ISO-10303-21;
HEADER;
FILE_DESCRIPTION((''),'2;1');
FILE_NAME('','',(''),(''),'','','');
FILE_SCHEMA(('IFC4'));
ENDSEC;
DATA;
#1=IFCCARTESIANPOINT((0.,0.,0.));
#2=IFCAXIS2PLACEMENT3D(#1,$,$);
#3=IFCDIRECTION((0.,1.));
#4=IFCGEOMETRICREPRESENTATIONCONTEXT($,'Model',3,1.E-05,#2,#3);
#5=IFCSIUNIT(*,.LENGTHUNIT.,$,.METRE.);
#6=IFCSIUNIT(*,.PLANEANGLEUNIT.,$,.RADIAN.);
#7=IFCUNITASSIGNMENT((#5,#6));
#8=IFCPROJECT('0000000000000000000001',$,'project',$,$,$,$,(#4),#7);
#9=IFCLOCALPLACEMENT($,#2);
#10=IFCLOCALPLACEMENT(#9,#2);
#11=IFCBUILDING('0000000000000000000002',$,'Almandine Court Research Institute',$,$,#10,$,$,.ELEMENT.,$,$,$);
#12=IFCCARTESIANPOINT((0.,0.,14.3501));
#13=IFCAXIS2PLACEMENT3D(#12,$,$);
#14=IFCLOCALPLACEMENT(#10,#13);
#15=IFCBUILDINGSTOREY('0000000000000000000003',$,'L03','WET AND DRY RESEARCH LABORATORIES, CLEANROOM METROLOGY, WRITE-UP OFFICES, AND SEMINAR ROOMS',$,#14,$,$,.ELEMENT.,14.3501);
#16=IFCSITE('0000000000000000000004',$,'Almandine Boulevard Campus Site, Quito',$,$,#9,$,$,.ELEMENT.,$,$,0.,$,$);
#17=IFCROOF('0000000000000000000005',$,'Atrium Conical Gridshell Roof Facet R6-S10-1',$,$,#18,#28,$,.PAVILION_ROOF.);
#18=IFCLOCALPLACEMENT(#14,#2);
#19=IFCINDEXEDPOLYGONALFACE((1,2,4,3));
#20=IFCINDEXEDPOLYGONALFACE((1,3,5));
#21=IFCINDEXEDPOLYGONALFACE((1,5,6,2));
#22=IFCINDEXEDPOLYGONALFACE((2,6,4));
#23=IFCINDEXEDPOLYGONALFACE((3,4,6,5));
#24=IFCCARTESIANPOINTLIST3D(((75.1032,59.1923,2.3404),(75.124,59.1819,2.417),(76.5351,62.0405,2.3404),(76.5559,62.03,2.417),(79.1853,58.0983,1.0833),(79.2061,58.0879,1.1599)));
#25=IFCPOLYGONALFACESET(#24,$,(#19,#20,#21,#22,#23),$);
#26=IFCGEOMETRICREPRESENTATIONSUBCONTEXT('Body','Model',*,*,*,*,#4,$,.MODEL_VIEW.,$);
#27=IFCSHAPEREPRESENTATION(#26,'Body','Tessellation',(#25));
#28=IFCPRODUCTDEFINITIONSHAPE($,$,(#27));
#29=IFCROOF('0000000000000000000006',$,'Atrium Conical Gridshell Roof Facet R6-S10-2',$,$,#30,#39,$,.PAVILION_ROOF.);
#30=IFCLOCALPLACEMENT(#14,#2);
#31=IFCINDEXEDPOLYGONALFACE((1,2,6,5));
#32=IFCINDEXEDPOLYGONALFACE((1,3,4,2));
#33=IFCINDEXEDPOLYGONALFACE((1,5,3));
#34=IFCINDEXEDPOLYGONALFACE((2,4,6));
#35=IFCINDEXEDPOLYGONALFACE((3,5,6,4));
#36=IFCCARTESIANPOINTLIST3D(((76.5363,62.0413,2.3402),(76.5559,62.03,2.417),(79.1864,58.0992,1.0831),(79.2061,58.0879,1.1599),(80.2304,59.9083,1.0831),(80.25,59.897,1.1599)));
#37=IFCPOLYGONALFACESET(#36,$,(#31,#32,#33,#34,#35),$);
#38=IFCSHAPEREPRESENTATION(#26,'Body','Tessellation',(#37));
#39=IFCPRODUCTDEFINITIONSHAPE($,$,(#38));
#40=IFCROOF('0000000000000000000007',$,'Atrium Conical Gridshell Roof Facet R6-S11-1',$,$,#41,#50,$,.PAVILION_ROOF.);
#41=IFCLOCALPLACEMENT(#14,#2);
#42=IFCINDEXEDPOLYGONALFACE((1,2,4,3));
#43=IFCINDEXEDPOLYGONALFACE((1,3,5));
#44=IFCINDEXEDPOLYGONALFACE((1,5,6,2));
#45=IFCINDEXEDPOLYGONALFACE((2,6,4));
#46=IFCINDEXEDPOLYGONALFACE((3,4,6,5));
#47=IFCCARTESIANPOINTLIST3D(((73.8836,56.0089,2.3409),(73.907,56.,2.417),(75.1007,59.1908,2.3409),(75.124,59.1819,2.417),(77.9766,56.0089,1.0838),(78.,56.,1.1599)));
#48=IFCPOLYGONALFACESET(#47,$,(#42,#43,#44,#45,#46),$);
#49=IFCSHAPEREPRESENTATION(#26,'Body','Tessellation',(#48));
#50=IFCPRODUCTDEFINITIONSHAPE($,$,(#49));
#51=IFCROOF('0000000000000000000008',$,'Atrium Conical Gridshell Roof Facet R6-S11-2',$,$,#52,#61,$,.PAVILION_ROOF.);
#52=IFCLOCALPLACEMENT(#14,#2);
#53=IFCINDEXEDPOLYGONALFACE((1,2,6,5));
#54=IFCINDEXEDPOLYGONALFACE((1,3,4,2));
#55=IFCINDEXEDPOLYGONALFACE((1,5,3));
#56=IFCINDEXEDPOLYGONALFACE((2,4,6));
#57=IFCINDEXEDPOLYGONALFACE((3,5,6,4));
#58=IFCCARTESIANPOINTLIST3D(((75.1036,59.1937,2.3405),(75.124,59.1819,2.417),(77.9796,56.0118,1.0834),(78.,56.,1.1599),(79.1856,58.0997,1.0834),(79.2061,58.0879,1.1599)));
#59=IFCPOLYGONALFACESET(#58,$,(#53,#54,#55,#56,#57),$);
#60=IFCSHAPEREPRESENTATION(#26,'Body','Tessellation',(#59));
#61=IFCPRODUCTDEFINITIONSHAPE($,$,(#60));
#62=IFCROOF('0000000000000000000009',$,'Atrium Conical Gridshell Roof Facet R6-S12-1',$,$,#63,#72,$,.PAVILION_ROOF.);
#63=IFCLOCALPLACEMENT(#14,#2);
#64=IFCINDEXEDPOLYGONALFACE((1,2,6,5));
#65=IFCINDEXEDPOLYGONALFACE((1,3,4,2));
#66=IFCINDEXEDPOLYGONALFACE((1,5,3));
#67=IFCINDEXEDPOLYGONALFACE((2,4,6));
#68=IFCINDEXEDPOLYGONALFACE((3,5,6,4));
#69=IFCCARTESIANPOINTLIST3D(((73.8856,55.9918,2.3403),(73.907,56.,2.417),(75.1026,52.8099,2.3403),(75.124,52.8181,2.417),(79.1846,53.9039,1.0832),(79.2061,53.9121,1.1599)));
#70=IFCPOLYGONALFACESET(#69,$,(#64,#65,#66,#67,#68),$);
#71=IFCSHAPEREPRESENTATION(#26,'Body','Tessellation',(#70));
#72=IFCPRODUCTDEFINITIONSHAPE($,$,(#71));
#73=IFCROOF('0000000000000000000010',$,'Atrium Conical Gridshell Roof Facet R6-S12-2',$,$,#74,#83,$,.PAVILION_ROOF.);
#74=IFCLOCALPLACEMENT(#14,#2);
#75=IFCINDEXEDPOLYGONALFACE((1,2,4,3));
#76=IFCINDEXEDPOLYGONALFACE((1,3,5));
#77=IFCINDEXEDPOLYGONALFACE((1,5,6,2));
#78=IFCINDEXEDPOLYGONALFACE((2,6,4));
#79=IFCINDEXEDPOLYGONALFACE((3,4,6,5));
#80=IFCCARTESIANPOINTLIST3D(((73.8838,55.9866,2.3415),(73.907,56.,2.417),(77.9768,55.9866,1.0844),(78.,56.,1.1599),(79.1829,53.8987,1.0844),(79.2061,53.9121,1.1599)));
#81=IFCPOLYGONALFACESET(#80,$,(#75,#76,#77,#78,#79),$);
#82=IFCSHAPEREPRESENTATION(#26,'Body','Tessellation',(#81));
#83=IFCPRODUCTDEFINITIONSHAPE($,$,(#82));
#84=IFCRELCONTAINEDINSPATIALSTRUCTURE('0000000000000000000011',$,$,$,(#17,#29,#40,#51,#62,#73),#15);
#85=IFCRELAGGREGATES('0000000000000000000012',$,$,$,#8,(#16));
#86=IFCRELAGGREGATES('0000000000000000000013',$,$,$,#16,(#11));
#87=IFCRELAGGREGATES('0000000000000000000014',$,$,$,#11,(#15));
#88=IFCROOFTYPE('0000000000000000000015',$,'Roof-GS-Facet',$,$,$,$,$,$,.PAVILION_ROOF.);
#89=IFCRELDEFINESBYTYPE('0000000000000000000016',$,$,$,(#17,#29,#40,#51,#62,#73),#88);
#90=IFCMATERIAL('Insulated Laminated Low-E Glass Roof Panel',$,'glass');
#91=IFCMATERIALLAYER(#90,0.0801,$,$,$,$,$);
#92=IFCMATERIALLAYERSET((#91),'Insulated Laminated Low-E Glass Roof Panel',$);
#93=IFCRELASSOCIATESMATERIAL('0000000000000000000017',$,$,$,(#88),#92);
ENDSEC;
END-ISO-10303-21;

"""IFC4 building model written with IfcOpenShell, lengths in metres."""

from ifc_helpers import new_model, si_unit, direction, frame, origin, place, context, subcontext, project, spatial, polyline, outline, extrude, material, layer, layer_set, type_object, element, save


model = new_model("IFC4")

# Units and contexts
model_context = context("Model", 3, precision=1e-05, world=origin(), true_north=direction((0.0, 1.0)))
body_context = subcontext(model_context, "Body", "Model", "MODEL_VIEW")
ifc_project = project(units=[si_unit("LENGTHUNIT", "METRE"), si_unit("PLANEANGLEUNIT", "RADIAN")], contexts=[model_context])

# Site, building, storey
site_placement = place(None, origin())
site = spatial("IfcSite", under=ifc_project, at=site_placement, Name="Almandine Boulevard Campus Site, Quito", CompositionType="ELEMENT", RefElevation=0.0)
building_placement = place(site_placement, origin())
building = spatial("IfcBuilding", under=site, at=building_placement, Name="Almandine Court Research Institute", CompositionType="ELEMENT")
storey_placement = place(building_placement, frame((0.0, 0.0, 14.3501)))
storey = spatial("IfcBuildingStorey", under=building, at=storey_placement, Name="L03", Description="WET AND DRY RESEARCH LABORATORIES, CLEANROOM METROLOGY, WRITE-UP OFFICES, AND SEMINAR ROOMS", CompositionType="ELEMENT", Elevation=14.3501)

# Roofs
ifc_material_1 = material(Name="Insulated Laminated Low-E Glass Roof Panel", Category="glass")
ifc_layer_1 = layer(ifc_material_1, 0.0801)
ifc_layer_set_1 = layer_set([ifc_layer_1], Name="Insulated Laminated Low-E Glass Roof Panel")
roof_type = type_object("IfcRoofType", Name="Roof-GS-Facet", PredefinedType="PAVILION_ROOF", material=ifc_layer_set_1)
roof_1_placement = place(storey_placement, frame((76.5559, 62.03, 2.417), z_axis=(0.259673, -0.130549, 0.956832), x_axis=(-0.449173, -0.893445, 0.0)))
element("IfcRoof", 1, at=roof_1_placement, inside=storey, type_object=roof_type, Name="Atrium Conical Gridshell Roof Facet R6-S10-1", PredefinedType="PAVILION_ROOF", context=body_context, shape_type="SweptSolid", body=[
    extrude(outline(polyline([(0.0, 0.0), (3.1878, 0.0), (2.3317, 4.3252), (0.0, 0.0)])), origin(), (0.0, 0.0, -1.0), 0.0801),
])
roof_2_placement = place(storey_placement, frame((76.5559, 62.03, 2.417), z_axis=(0.244835, -0.141284, 0.959216), x_axis=(0.539343, -0.802283, -0.255834)))
element("IfcRoof", 2, at=roof_2_placement, inside=storey, type_object=roof_type, Name="Atrium Conical Gridshell Roof Facet R6-S10-2", PredefinedType="PAVILION_ROOF", context=body_context, shape_type="SweptSolid", body=[
    extrude(outline(polyline([(0.0, 0.0), (4.9137, 0.0), (4.0253, 1.8904), (0.0, 0.0)])), origin(), (0.0, 0.0, -1.0), 0.0801),
])
roof_3_placement = place(storey_placement, frame((75.124, 59.1819, 2.417), z_axis=(0.291759, -0.111595, 0.94996), x_axis=(-0.35725, -0.934009, 0.0)))
element("IfcRoof", 3, at=roof_3_placement, inside=storey, type_object=roof_type, Name="Atrium Conical Gridshell Roof Facet R6-S11-1", PredefinedType="PAVILION_ROOF", context=body_context, shape_type="SweptSolid", body=[
    extrude(outline(polyline([(0.0, 0.0), (3.4067, 0.0), (1.9445, 4.0243), (0.0, 0.0)])), origin(), (0.0, 0.0, -1.0), 0.0801),
])
roof_4_placement = place(storey_placement, frame((75.124, 59.1819, 2.417), z_axis=(0.254859, -0.147218, 0.955706), x_axis=(0.643476, -0.71192, -0.281261)))
element("IfcRoof", 4, at=roof_4_placement, inside=storey, type_object=roof_type, Name="Atrium Conical Gridshell Roof Facet R6-S11-2", PredefinedType="PAVILION_ROOF", context=body_context, shape_type="SweptSolid", body=[
    extrude(outline(polyline([(0.0, 0.0), (4.4694, 0.0), (3.7591, 2.3042), (0.0, 0.0)])), origin(), (0.0, 0.0, -1.0), 0.0801),
])
roof_5_placement = place(storey_placement, frame((73.907, 56.0, 2.417), z_axis=(0.267611, 0.102359, 0.958075), x_axis=(0.35725, -0.934009, 0.0)))
element("IfcRoof", 5, at=roof_5_placement, inside=storey, type_object=roof_type, Name="Atrium Conical Gridshell Roof Facet R6-S12-1", PredefinedType="PAVILION_ROOF", context=body_context, shape_type="SweptSolid", body=[
    extrude(outline(polyline([(0.0, 0.0), (3.4067, 0.0), (3.8432, 4.3874), (0.0, 0.0)])), origin(), (0.0, 0.0, -1.0), 0.0801),
])
roof_6_placement = place(storey_placement, frame((73.907, 56.0, 2.417), z_axis=(0.28946, 0.167204, 0.942473), x_axis=(0.90852, -0.357967, -0.215525)))
element("IfcRoof", 6, at=roof_6_placement, inside=storey, type_object=roof_type, Name="Atrium Conical Gridshell Roof Facet R6-S12-2", PredefinedType="PAVILION_ROOF", context=body_context, shape_type="SweptSolid", body=[
    extrude(outline(polyline([(0.0, 0.0), (5.8326, 0.0), (3.9895, 1.5546), (0.0, 0.0)])), origin(), (0.0, 0.0, -1.0), 0.0801),
])

save(model, "model.ifc")
